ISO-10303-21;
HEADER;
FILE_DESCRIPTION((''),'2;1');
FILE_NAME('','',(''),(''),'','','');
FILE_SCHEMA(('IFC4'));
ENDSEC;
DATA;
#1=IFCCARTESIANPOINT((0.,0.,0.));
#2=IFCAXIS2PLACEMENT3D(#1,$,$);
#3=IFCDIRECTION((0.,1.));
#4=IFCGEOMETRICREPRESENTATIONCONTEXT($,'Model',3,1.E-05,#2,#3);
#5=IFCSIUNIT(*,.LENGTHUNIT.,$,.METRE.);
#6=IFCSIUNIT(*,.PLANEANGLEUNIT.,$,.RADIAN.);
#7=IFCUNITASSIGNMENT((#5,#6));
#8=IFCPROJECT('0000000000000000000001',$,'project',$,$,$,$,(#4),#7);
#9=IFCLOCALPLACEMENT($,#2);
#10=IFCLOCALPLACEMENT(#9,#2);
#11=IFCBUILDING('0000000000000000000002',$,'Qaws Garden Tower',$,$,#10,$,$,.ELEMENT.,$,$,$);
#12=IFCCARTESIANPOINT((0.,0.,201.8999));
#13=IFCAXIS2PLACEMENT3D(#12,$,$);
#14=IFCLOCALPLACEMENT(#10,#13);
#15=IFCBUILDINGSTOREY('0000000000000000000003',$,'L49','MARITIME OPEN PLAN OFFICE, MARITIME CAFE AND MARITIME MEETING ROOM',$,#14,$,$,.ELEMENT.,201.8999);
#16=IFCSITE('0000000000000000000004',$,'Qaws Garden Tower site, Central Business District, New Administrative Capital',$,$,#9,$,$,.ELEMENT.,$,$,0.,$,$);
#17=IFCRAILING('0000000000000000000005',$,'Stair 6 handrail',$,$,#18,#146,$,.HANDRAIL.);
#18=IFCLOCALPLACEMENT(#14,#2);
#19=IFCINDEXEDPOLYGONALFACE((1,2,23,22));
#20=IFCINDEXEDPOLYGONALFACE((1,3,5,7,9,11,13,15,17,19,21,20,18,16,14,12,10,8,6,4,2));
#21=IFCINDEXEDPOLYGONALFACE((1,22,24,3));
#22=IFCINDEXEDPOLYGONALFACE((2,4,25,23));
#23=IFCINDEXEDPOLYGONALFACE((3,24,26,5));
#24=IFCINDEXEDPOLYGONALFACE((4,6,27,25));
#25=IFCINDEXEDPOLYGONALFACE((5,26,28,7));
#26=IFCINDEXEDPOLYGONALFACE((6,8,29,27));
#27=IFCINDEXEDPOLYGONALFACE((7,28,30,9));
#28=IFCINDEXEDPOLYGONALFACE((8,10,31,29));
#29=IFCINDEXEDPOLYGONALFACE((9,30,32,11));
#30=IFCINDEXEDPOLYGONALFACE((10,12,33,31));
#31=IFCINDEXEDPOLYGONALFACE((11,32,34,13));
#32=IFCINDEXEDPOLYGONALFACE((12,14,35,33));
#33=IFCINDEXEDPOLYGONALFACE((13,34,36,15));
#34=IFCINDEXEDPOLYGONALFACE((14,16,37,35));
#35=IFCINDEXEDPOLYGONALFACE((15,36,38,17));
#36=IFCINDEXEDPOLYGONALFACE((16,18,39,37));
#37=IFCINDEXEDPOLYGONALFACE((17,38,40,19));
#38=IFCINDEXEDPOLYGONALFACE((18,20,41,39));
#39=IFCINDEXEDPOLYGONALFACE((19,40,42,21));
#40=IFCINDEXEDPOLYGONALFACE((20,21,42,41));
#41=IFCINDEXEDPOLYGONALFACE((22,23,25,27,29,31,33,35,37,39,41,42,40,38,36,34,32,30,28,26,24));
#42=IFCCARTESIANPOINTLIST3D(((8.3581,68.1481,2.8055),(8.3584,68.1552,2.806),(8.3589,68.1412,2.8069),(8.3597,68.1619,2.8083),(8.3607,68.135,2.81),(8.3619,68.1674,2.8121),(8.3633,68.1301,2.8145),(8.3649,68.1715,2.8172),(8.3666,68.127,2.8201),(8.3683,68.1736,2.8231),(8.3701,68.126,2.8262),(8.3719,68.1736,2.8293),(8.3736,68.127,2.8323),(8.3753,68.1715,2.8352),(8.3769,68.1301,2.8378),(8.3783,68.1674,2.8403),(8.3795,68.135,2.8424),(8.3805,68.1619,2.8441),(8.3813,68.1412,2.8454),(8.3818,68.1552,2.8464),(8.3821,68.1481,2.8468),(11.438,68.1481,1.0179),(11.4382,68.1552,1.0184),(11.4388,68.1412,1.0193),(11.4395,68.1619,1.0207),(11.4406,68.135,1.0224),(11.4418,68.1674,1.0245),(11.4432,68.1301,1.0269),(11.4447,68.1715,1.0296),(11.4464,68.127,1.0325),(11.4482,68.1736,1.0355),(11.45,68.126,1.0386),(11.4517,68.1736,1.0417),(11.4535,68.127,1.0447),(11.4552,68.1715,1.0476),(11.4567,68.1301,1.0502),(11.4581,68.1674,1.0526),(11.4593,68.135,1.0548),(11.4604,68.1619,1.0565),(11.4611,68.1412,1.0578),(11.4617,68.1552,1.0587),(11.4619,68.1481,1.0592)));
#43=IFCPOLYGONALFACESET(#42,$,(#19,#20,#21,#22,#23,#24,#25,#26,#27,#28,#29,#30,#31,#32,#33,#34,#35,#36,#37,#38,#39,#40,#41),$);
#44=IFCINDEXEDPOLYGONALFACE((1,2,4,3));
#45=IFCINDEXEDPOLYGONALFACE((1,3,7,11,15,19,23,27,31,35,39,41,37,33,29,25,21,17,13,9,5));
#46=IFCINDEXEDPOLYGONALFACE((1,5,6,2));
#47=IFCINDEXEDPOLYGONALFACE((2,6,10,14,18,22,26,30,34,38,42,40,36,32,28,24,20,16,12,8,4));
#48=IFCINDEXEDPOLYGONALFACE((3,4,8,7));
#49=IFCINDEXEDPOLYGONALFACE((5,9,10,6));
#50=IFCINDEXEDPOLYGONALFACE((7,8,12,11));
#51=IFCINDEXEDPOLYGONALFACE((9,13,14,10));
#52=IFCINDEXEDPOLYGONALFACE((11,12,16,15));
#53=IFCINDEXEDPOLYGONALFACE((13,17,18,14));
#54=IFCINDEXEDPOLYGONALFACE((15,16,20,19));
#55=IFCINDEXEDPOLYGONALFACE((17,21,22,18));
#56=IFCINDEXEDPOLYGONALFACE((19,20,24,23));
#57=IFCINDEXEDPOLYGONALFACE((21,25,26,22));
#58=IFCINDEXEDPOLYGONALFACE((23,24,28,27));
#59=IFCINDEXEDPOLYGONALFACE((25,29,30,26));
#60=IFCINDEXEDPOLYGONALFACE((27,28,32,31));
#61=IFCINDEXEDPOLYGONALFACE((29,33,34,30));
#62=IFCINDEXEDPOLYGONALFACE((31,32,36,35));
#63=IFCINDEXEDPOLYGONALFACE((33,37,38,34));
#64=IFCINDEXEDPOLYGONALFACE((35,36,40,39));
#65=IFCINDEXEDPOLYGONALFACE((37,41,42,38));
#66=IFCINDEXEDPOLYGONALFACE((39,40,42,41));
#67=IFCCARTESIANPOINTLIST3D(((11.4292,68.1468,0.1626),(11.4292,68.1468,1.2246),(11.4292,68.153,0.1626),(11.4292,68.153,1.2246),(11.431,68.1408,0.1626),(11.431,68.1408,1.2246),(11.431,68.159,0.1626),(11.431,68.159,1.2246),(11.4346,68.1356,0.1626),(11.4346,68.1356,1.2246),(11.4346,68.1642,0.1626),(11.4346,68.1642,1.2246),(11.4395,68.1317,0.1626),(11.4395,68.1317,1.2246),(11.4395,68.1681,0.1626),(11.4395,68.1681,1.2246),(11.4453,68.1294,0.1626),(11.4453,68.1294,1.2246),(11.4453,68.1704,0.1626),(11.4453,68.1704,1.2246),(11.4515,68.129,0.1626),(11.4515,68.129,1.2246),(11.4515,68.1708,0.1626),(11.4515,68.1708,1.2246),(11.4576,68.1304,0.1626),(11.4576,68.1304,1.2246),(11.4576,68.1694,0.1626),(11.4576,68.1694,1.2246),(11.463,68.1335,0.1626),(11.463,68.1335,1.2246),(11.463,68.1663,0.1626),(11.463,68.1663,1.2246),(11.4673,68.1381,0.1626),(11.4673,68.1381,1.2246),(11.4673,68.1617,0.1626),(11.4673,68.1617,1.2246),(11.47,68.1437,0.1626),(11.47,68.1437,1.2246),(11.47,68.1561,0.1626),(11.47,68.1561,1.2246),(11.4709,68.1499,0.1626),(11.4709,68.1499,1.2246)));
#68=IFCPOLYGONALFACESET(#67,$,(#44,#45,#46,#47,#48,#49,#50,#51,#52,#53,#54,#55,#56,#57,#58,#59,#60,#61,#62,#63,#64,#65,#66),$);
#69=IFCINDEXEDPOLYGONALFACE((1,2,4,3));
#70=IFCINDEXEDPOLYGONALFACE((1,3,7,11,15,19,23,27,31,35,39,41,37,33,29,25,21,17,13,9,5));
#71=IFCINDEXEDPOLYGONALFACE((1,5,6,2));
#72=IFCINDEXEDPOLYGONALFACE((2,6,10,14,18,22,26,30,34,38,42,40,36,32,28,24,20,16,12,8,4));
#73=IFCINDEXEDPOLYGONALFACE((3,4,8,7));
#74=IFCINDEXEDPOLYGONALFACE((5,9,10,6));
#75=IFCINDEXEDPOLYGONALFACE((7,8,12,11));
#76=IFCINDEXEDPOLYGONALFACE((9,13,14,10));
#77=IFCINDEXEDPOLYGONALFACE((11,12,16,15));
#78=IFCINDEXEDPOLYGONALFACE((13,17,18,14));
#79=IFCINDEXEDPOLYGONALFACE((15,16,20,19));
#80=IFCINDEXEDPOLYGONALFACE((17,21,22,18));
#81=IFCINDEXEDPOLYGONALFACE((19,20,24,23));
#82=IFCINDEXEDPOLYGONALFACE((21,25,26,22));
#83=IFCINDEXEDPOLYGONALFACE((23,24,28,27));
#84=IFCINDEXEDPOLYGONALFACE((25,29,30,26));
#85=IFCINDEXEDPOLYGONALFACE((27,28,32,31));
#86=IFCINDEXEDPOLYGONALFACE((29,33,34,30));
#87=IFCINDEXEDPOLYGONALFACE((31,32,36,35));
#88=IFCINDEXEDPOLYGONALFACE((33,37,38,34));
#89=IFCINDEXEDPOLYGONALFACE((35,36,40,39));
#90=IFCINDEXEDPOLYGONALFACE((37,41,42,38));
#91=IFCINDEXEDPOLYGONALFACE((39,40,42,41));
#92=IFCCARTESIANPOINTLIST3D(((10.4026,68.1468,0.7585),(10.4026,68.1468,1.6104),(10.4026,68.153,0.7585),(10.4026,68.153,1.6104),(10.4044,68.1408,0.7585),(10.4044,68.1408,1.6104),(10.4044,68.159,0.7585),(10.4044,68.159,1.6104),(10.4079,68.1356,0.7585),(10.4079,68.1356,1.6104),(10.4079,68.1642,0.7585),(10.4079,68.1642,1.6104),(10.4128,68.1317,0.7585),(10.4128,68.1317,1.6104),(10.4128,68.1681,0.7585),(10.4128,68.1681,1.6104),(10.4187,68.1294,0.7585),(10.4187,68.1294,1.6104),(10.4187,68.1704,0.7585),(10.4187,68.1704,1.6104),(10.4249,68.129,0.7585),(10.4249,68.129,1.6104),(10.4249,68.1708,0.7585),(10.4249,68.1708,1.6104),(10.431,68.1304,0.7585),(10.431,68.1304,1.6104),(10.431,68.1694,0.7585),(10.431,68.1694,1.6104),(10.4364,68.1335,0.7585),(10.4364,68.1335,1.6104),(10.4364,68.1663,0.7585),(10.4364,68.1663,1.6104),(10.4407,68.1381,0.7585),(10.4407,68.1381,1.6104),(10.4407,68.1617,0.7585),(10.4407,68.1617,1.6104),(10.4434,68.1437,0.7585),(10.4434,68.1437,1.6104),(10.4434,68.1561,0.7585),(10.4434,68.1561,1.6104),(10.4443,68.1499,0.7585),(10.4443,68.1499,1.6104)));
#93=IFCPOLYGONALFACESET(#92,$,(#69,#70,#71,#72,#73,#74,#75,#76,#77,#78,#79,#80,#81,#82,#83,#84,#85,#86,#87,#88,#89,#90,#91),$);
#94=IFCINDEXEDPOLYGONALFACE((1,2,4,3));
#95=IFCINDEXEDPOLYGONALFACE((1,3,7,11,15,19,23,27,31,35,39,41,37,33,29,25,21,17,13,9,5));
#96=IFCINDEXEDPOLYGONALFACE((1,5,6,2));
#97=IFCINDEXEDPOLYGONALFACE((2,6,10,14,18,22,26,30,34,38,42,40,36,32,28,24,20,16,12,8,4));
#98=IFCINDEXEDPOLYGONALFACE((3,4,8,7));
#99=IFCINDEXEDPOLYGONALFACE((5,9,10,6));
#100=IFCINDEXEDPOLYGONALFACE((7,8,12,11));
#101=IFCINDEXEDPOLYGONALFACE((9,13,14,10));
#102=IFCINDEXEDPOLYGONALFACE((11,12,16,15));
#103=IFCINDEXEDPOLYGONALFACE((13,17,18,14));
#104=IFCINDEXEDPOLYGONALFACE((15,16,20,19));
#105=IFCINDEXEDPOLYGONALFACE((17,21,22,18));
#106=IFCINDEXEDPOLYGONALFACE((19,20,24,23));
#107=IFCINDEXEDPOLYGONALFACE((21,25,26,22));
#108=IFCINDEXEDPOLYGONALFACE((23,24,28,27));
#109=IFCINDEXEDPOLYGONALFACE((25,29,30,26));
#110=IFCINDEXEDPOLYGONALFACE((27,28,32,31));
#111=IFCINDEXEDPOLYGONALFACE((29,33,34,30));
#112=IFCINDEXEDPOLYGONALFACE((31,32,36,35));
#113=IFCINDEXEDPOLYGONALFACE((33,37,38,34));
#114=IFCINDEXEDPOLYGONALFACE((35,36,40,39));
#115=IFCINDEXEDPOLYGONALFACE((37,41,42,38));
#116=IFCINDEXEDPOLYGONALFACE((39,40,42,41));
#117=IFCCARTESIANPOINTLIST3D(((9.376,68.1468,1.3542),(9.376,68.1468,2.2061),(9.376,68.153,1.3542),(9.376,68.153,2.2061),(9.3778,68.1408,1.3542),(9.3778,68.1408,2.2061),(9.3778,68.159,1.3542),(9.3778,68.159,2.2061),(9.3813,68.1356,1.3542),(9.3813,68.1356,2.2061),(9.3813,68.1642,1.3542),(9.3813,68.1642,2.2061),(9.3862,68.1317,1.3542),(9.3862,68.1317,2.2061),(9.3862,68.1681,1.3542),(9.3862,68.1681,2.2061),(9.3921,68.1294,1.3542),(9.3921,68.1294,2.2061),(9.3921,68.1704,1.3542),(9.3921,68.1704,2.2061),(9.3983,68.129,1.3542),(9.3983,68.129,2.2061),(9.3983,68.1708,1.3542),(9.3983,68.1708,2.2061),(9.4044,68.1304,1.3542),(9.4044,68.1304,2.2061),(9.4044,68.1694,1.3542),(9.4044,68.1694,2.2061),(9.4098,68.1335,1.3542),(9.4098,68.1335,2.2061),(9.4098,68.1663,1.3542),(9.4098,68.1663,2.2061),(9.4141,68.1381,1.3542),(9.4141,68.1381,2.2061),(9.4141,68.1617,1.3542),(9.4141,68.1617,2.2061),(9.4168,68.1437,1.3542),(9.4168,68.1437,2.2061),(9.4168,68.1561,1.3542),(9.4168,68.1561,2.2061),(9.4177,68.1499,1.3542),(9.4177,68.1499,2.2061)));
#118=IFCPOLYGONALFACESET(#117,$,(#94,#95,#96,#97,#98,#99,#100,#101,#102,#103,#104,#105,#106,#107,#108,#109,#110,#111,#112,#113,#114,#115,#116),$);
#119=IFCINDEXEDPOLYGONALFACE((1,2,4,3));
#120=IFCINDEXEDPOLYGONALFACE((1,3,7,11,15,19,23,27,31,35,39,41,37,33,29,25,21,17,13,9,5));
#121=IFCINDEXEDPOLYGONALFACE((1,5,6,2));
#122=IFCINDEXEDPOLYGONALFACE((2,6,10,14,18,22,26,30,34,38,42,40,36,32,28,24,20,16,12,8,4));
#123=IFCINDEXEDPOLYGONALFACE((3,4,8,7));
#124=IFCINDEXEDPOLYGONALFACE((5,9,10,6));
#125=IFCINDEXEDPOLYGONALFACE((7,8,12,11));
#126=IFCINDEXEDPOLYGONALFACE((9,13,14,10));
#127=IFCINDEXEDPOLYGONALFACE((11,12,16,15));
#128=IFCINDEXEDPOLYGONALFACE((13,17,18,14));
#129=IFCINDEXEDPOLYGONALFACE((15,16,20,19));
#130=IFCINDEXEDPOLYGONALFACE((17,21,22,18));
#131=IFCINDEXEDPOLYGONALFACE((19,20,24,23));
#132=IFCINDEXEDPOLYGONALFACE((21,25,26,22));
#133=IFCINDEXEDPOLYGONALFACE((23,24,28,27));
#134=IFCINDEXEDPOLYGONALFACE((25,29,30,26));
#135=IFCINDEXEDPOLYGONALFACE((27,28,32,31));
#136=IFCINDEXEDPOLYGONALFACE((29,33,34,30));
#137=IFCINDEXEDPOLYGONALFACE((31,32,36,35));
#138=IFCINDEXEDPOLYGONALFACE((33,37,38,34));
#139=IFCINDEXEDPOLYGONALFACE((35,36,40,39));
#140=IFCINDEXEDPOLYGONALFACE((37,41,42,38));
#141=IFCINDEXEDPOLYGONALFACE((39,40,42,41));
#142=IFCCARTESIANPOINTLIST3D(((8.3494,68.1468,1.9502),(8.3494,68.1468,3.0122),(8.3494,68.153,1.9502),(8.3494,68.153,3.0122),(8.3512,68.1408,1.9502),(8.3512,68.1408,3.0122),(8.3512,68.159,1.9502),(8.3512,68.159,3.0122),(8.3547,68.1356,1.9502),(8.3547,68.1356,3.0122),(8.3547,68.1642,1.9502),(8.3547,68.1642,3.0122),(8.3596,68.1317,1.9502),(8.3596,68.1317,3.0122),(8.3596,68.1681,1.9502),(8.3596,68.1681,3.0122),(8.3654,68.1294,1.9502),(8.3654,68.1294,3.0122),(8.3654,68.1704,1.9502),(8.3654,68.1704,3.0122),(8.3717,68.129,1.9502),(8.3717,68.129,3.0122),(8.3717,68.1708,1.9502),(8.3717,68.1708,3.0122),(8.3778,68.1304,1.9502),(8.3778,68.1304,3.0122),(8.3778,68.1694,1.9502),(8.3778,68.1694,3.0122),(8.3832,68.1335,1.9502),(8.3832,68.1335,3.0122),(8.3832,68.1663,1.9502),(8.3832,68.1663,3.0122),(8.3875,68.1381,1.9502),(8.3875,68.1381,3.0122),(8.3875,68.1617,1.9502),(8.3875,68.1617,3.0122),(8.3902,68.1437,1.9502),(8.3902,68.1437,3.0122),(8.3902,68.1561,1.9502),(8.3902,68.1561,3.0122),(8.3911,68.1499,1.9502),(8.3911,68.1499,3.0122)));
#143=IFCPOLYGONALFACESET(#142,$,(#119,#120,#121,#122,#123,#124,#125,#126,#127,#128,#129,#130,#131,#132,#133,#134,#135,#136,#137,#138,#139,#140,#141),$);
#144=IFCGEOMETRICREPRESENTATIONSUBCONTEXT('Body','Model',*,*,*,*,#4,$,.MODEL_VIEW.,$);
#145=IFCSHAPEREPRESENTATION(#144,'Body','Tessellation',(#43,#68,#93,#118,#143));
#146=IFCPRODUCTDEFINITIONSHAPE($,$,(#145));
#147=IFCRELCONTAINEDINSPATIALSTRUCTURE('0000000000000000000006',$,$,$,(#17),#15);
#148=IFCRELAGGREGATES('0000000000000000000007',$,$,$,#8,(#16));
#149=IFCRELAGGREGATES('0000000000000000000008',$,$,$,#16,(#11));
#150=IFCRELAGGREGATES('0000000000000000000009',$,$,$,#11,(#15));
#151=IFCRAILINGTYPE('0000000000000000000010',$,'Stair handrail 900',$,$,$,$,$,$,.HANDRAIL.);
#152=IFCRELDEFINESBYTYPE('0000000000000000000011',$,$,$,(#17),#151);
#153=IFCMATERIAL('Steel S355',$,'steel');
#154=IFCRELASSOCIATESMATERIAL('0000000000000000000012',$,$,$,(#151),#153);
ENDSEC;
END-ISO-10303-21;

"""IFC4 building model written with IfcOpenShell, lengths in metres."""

from ifc_helpers import new_model, si_unit, direction, frame, origin, origin_2d, place, context, subcontext, project, spatial, circle, extrude, material, type_object, element, save


model = new_model("IFC4")

# Units and contexts
model_context = context("Model", 3, precision=1e-05, world=origin(), true_north=direction((0.0, 1.0)))
body_context = subcontext(model_context, "Body", "Model", "MODEL_VIEW")
ifc_project = project(units=[si_unit("LENGTHUNIT", "METRE"), si_unit("PLANEANGLEUNIT", "RADIAN")], contexts=[model_context])

# Site, building, storey
site_placement = place(None, origin())
site = spatial("IfcSite", under=ifc_project, at=site_placement, Name="Qaws Garden Tower site, Central Business District, New Administrative Capital", CompositionType="ELEMENT", RefElevation=0.0)
building_placement = place(site_placement, origin())
building = spatial("IfcBuilding", under=site, at=building_placement, Name="Qaws Garden Tower", CompositionType="ELEMENT")
storey_placement = place(building_placement, frame((0.0, 0.0, 201.8999)))
storey = spatial("IfcBuildingStorey", under=building, at=storey_placement, Name="L49", Description="MARITIME OPEN PLAN OFFICE, MARITIME CAFE AND MARITIME MEETING ROOM", CompositionType="ELEMENT", Elevation=201.8999)

# Railing
ifc_material_1 = material(Name="Steel S355", Category="steel")
railing_type = type_object("IfcRailingType", Name="Stair handrail 900", PredefinedType="HANDRAIL", material=ifc_material_1)
railing_1_placement = place(storey_placement, frame((11.45, 68.1499, 0.1626)))
element("IfcRailing", 1, at=railing_1_placement, inside=storey, type_object=railing_type, Name="Stair 6 handrail", PredefinedType="HANDRAIL", context=body_context, shape_type="SweptSolid", body=[
    extrude(circle(Radius=0.0239, at=origin_2d()), frame((0.0, 0.0, 0.876), z_axis=(-0.864873, 0.0, 0.50199), x_axis=(0.0, -1.0, 0.0)), (0.0, 0.0, 1.0), 3.561),
    extrude(circle(Radius=0.021, at=origin_2d()), origin(), (0.0, 0.0, 1.0), 1.062),
    extrude(circle(Radius=0.021, at=origin_2d()), frame((-1.0266, 0.0, 0.5959)), (0.0, 0.0, 1.0), 0.8518),
    extrude(circle(Radius=0.021, at=origin_2d()), frame((-2.0532, 0.0, 1.1917)), (0.0, 0.0, 1.0), 0.8518),
    extrude(circle(Radius=0.021, at=origin_2d()), frame((-3.0798, 0.0, 1.7876)), (0.0, 0.0, 1.0), 1.062),
])

save(model, "model.ifc")
